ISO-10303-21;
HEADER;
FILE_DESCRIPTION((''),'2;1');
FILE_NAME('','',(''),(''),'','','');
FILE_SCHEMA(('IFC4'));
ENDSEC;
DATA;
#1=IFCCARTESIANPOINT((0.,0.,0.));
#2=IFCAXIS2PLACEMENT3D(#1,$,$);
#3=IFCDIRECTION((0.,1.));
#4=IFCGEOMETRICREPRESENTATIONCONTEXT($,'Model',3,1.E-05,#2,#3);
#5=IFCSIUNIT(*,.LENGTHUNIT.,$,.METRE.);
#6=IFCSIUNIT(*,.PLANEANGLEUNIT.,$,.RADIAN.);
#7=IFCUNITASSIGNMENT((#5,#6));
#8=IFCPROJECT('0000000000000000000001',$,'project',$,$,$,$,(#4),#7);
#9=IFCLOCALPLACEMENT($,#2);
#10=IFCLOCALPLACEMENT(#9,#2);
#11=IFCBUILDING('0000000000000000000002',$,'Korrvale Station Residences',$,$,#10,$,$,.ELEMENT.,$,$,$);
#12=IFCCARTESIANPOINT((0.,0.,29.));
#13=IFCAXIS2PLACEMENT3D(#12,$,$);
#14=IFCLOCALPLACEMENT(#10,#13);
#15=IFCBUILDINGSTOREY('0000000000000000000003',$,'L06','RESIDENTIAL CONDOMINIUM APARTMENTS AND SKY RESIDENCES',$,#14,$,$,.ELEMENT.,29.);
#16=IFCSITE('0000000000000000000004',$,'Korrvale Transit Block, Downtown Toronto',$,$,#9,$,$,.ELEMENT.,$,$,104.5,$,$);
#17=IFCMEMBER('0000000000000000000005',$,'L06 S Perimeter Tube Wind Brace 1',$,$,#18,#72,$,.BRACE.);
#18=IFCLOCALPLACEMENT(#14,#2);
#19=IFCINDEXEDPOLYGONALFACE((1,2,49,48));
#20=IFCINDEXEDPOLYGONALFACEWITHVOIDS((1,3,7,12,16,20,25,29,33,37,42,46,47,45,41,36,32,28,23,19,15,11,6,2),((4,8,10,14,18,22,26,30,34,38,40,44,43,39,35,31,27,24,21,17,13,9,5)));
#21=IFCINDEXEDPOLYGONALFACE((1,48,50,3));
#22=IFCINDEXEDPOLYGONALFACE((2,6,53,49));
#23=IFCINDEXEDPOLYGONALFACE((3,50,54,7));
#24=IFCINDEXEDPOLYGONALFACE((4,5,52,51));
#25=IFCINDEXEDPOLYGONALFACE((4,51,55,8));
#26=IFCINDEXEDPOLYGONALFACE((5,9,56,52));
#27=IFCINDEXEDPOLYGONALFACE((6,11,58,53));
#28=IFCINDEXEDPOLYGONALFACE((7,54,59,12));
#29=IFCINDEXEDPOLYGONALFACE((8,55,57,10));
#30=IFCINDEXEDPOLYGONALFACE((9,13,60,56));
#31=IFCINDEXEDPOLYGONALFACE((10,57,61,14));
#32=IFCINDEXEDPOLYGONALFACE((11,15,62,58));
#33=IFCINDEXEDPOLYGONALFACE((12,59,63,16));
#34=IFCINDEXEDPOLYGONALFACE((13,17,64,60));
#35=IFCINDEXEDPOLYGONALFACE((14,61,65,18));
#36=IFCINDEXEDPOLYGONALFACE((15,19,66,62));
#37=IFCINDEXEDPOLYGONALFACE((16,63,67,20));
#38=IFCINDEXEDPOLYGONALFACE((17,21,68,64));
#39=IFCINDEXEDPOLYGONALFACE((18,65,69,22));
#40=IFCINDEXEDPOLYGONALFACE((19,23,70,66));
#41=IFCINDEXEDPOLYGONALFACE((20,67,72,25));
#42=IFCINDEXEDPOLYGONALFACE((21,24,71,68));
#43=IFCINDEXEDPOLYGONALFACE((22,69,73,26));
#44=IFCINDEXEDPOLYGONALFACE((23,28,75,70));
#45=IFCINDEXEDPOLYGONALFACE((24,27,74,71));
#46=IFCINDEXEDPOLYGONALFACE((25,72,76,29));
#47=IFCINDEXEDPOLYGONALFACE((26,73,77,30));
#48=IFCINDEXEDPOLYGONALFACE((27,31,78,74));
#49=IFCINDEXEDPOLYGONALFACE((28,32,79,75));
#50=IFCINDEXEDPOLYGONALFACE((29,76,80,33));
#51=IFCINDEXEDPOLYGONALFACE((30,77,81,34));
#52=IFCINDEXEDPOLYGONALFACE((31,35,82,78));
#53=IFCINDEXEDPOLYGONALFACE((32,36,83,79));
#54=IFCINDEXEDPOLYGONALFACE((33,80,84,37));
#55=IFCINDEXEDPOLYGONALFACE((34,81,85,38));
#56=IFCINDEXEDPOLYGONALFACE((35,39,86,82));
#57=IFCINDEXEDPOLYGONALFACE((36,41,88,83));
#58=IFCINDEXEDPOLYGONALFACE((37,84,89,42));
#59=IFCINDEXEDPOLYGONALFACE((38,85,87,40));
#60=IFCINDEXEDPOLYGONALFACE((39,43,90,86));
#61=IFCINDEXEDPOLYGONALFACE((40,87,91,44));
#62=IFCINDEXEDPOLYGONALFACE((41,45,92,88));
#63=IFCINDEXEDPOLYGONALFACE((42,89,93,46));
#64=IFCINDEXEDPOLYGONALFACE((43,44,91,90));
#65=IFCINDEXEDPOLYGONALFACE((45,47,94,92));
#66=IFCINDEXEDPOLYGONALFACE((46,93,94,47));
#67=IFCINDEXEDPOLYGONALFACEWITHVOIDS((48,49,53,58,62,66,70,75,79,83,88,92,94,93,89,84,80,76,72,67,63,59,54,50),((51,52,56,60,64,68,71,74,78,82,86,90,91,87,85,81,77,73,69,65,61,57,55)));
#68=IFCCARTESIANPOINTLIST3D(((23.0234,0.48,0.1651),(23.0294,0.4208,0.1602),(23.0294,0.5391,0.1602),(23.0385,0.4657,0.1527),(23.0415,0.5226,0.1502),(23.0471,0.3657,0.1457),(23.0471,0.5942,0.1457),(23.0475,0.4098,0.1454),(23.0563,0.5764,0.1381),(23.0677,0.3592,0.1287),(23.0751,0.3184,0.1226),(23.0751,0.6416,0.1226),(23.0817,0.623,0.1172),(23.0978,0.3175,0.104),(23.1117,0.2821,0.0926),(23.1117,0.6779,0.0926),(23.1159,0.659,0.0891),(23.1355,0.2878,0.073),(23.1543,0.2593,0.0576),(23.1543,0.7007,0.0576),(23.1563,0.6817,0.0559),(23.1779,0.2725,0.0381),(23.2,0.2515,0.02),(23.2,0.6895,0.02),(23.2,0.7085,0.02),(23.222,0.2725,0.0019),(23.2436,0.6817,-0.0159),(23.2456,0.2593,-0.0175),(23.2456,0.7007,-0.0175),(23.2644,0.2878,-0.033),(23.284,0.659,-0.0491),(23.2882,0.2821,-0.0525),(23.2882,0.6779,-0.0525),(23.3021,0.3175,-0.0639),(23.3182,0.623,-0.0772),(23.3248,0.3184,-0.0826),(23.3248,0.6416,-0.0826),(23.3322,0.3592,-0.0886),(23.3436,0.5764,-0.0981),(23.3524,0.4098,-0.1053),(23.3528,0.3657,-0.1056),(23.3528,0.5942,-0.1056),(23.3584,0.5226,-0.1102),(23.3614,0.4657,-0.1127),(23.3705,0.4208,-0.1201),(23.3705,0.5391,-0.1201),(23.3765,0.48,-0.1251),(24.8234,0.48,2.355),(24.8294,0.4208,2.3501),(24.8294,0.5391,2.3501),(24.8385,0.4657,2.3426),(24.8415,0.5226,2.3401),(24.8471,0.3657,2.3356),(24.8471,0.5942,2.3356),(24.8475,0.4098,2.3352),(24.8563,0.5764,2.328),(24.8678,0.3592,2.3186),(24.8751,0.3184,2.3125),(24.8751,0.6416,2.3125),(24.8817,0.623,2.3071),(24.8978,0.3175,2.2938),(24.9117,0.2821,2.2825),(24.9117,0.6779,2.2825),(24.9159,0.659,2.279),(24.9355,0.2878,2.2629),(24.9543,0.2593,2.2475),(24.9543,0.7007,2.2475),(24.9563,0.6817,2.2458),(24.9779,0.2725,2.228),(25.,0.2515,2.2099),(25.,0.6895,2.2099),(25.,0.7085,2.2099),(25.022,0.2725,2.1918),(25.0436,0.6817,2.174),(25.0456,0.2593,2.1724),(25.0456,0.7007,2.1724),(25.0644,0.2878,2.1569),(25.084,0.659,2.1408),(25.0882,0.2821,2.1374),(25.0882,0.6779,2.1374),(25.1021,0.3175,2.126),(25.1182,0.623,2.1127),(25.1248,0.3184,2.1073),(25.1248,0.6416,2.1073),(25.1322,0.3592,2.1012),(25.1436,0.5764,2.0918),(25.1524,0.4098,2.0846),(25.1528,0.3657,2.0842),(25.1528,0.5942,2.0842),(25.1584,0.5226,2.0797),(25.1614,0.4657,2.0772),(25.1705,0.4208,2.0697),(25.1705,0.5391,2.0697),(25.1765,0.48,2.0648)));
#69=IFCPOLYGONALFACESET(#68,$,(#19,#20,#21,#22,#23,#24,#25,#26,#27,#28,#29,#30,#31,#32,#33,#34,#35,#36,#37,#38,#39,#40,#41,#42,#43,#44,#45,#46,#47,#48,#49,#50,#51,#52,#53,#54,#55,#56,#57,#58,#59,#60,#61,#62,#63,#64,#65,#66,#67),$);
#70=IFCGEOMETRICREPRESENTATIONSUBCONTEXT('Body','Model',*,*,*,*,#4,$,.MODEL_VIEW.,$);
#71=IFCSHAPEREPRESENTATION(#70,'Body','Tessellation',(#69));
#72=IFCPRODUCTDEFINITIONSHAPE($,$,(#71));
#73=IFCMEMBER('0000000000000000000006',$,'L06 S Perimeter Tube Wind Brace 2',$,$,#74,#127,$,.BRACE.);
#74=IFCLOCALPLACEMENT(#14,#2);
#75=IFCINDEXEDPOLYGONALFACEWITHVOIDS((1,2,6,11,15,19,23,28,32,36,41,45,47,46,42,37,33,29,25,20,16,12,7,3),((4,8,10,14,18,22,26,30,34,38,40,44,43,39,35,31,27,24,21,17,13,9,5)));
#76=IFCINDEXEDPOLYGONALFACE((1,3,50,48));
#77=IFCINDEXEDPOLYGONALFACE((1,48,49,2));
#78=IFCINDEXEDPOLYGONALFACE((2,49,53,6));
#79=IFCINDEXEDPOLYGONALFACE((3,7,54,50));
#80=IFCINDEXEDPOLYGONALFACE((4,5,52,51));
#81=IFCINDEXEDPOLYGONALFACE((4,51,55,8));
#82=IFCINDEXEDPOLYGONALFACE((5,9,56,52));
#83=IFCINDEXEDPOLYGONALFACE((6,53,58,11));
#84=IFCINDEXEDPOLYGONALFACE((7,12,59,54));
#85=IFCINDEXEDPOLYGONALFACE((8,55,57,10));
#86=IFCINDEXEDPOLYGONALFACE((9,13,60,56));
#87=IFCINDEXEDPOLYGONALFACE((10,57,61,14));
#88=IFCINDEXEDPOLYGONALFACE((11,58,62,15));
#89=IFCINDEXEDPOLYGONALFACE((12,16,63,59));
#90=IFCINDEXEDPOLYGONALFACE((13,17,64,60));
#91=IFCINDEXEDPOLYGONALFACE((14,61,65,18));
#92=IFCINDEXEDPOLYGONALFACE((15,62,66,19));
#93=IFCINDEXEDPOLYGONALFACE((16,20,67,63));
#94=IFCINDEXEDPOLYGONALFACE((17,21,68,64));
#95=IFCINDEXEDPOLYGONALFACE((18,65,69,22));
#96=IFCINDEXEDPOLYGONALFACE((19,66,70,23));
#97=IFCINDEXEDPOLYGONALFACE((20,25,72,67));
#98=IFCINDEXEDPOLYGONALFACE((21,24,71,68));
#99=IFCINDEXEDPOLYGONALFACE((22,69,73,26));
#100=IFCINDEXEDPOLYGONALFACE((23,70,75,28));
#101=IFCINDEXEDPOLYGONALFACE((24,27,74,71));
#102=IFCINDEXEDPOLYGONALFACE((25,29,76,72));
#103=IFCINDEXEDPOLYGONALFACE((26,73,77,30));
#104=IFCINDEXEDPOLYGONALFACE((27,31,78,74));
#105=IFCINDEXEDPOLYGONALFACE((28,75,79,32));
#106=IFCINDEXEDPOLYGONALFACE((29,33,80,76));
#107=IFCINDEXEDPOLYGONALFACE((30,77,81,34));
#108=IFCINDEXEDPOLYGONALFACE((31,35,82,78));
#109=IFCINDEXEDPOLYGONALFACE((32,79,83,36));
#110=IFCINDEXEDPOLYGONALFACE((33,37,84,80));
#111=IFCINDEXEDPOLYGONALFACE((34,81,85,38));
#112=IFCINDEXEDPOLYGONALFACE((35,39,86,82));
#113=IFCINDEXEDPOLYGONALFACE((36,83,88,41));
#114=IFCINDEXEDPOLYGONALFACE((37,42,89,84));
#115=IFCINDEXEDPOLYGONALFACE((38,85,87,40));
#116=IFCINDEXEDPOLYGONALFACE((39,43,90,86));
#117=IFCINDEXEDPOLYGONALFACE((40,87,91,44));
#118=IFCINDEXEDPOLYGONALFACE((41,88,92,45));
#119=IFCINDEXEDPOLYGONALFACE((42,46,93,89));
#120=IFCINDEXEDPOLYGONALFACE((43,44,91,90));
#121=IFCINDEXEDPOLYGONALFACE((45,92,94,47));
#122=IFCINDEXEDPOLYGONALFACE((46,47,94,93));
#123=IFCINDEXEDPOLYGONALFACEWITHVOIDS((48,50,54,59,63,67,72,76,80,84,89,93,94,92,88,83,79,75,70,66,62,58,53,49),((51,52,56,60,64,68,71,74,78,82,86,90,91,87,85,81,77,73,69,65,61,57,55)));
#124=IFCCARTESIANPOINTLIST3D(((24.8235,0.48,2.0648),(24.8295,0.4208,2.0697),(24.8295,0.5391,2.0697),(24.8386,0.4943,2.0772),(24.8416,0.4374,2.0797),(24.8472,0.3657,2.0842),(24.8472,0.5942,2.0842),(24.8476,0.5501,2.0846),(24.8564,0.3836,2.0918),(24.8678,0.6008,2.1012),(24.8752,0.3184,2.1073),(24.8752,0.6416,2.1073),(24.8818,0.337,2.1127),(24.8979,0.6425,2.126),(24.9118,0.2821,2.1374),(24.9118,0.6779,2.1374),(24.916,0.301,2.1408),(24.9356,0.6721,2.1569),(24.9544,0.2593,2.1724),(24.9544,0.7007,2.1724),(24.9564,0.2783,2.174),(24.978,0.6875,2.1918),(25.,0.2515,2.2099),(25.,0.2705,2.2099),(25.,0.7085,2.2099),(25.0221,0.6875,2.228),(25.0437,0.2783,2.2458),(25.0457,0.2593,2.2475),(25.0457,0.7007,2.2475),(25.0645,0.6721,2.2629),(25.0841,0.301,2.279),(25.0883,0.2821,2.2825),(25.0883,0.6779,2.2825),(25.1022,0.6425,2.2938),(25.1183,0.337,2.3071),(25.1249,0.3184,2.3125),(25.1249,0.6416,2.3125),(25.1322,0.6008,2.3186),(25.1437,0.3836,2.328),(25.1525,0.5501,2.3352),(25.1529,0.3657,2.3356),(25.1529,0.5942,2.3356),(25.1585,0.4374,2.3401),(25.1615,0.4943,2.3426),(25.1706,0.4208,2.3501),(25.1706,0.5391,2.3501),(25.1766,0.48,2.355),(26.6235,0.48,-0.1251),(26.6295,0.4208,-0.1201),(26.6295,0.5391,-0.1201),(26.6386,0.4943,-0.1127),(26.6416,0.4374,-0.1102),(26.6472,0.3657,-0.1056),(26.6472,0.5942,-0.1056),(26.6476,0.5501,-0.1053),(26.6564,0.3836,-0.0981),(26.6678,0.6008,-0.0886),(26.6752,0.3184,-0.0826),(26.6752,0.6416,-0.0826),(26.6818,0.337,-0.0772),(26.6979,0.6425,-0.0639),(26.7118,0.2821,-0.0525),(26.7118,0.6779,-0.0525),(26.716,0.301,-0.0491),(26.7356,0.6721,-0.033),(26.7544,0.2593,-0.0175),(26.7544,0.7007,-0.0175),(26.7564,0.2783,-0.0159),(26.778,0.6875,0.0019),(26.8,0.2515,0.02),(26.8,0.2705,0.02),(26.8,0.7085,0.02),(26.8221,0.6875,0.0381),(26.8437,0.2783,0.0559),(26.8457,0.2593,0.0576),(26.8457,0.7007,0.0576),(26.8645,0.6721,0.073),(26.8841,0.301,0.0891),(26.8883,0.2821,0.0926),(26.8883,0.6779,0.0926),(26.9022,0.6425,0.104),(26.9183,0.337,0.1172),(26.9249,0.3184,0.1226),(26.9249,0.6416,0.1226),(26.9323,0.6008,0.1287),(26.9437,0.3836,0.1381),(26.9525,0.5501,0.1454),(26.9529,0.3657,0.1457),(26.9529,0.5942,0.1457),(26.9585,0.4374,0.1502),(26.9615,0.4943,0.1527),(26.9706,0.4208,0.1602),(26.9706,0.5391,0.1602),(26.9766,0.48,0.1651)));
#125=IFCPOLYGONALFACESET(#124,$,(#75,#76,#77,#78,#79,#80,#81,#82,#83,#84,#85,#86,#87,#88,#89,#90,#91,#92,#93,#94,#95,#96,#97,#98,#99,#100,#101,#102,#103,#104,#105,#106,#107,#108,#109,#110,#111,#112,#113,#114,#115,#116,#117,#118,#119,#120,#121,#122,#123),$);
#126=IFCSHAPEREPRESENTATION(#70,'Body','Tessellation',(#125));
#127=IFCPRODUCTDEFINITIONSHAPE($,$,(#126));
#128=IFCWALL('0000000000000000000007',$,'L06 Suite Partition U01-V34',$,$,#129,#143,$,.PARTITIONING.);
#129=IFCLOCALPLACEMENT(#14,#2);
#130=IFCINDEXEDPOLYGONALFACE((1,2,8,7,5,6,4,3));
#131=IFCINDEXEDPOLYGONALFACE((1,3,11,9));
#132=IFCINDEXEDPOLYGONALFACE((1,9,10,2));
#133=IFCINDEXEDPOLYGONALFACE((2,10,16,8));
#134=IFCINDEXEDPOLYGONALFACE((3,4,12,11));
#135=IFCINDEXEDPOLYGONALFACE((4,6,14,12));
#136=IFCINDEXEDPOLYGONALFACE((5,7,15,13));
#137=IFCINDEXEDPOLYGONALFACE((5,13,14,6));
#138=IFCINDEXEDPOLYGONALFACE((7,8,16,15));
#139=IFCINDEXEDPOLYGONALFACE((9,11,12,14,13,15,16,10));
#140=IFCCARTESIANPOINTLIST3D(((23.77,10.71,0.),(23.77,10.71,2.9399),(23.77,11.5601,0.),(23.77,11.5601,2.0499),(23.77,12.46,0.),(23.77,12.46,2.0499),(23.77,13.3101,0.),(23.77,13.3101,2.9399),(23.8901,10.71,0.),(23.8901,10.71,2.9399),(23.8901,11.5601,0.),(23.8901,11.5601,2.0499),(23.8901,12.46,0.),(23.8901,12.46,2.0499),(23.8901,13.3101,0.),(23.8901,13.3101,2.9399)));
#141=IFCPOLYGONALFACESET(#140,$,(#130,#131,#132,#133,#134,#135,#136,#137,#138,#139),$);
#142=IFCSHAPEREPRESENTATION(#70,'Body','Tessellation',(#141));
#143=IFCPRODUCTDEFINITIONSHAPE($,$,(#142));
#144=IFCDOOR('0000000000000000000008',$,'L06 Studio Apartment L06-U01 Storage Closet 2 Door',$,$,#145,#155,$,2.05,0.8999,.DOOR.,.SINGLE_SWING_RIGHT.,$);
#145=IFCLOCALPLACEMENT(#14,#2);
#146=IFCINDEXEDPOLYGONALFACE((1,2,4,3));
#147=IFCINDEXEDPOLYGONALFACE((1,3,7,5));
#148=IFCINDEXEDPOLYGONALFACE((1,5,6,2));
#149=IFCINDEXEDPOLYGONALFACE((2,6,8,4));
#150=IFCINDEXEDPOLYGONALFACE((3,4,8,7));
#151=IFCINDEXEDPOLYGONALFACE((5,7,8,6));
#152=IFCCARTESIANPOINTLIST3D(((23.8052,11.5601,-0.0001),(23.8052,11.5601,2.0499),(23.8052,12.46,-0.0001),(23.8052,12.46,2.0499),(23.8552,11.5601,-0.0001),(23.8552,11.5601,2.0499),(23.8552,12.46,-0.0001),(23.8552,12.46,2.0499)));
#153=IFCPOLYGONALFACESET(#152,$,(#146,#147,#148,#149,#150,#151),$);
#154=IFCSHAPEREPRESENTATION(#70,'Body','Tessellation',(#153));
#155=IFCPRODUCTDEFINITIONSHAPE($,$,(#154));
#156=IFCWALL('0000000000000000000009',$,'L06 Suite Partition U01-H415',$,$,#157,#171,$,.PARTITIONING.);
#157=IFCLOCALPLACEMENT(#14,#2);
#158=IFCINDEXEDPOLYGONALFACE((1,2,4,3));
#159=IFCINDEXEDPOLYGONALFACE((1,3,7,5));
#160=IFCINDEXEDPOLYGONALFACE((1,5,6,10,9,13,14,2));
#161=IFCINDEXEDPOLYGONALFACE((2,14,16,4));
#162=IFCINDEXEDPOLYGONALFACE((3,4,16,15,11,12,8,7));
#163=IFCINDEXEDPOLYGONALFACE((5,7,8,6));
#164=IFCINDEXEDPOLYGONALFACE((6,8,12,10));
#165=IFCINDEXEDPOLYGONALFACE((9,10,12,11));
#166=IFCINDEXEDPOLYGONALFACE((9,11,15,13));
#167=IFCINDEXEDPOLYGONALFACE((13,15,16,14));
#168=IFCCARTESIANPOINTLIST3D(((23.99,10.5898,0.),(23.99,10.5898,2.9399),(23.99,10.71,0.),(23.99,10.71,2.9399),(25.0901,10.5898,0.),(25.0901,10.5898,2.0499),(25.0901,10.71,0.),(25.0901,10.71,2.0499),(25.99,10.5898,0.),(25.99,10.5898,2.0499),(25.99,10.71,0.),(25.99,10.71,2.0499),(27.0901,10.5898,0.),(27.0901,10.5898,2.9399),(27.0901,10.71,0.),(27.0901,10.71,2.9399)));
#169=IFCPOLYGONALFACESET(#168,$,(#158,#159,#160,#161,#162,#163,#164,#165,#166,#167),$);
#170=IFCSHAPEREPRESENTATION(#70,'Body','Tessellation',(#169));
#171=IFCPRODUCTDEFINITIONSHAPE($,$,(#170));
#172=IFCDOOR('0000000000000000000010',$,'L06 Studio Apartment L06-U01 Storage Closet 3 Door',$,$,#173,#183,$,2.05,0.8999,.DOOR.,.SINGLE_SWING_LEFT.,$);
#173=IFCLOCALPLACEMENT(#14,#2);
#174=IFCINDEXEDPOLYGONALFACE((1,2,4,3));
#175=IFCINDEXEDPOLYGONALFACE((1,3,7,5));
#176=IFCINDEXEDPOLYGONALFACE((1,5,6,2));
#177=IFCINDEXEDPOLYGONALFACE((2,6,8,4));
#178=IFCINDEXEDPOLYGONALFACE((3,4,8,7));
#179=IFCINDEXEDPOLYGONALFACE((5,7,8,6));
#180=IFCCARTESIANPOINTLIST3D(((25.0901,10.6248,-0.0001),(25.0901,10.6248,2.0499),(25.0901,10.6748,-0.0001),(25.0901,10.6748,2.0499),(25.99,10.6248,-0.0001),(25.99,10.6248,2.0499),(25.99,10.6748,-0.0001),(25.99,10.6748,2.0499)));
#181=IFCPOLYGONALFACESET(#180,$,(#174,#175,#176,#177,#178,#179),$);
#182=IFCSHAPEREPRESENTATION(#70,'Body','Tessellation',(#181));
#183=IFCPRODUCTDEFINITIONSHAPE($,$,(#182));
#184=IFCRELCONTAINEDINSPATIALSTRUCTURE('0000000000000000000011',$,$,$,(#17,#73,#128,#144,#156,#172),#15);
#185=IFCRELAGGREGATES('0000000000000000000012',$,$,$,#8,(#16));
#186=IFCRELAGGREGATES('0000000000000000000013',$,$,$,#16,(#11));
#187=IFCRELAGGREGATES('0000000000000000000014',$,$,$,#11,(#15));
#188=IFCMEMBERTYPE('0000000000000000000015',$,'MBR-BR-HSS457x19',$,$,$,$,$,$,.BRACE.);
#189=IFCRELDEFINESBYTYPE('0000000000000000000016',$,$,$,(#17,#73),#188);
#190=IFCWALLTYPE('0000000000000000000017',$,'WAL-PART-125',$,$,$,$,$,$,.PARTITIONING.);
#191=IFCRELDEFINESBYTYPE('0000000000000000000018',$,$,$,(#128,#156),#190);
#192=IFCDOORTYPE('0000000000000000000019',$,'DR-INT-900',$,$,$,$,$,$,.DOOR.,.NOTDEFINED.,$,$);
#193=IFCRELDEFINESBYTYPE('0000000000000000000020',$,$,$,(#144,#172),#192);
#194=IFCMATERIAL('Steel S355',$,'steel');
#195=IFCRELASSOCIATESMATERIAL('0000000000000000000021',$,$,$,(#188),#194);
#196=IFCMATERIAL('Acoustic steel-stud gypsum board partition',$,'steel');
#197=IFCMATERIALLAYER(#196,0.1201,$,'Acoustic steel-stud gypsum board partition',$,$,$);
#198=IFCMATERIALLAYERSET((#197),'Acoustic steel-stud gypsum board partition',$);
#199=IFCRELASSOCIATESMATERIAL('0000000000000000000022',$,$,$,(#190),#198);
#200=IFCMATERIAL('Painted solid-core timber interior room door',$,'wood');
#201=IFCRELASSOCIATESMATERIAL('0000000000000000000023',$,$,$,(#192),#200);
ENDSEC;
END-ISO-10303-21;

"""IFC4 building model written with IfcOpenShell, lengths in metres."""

from ifc_helpers import new_model, si_unit, direction, frame, frame_2d, origin, origin_2d, place, context, subcontext, project, spatial, rectangle, hollow_circle, extrude, material, layer, layer_set, material_profile, profile_set, type_object, element, fill, save


model = new_model("IFC4")

# Units and contexts
model_context = context("Model", 3, precision=1e-05, world=origin(), true_north=direction((0.0, 1.0)))
body_context = subcontext(model_context, "Body", "Model", "MODEL_VIEW")
ifc_project = project(units=[si_unit("LENGTHUNIT", "METRE"), si_unit("PLANEANGLEUNIT", "RADIAN")], contexts=[model_context])

# Site, building, storey
site_placement = place(None, origin())
site = spatial("IfcSite", under=ifc_project, at=site_placement, Name="Korrvale Transit Block, Downtown Toronto", CompositionType="ELEMENT", RefElevation=104.5)
building_placement = place(site_placement, origin())
building = spatial("IfcBuilding", under=site, at=building_placement, Name="Korrvale Station Residences", CompositionType="ELEMENT")
storey_placement = place(building_placement, frame((0.0, 0.0, 29.0)))
storey = spatial("IfcBuildingStorey", under=building, at=storey_placement, Name="L06", Description="RESIDENTIAL CONDOMINIUM APARTMENTS AND SKY RESIDENCES", CompositionType="ELEMENT", Elevation=29.0)

# Shared definitions
ifc_material_1 = material(Name="Steel S355", Category="steel")

# Members
ifc_material_profile_1 = material_profile(ifc_material_1, hollow_circle(Radius=0.2285, WallThickness=0.019, at=origin_2d()), Name="HSS457x19")
ifc_profile_set_1 = profile_set([ifc_material_profile_1], Name="Steel S355")
member_type = type_object("IfcMemberType", Name="MBR-BR-HSS457x19", PredefinedType="BRACE", material=ifc_profile_set_1)
for number, where, z_axis, x_axis, name in (
    (1, (23.2, 0.48, 0.02), (0.634985, 0.0, 0.772524), (0.0, 1.0, 0.0), "L06 S Perimeter Tube Wind Brace 1"),
    (2, (26.8, 0.48, 0.02), (-0.634985, 0.0, 0.772524), (0.0, -1.0, 0.0), "L06 S Perimeter Tube Wind Brace 2"),
):
    element("IfcMember", number, at=place(storey_placement, frame(where, z_axis=z_axis, x_axis=x_axis)), inside=storey, type_object=member_type, Name=name, PredefinedType="BRACE", context=body_context, shape_type="SweptSolid", body=[
        extrude(hollow_circle(Radius=0.2285, WallThickness=0.019, at=origin_2d()), origin(), (0.0, 0.0, 1.0), 2.8347),
    ])

# Walls, openings, doors
ifc_material_2 = material(Name="Acoustic steel-stud gypsum board partition", Category="steel")
ifc_layer_1 = layer(ifc_material_2, 0.1201, Name="Acoustic steel-stud gypsum board partition")
ifc_layer_set_1 = layer_set([ifc_layer_1], Name="Acoustic steel-stud gypsum board partition")
wall_type = type_object("IfcWallType", Name="WAL-PART-125", PredefinedType="PARTITIONING", material=ifc_layer_set_1)
wall_1_placement = place(storey_placement, frame((23.8301, 10.71, 0.0), z_axis=(0.0, 0.0, 1.0), x_axis=(0.0, 1.0, 0.0)))
wall_1 = element("IfcWall", 3, at=wall_1_placement, inside=storey, type_object=wall_type, Name="L06 Suite Partition U01-V34", PredefinedType="PARTITIONING", context=body_context, shape_type="SweptSolid", body=[
    extrude(rectangle(XDim=2.6001, YDim=0.1201, at=frame_2d((1.3, 0.0))), origin(), (0.0, 0.0, 1.0), 2.9399),
])
opening_1_placement = place(wall_1_placement, frame((0.8501, 0.0, 0.0)))
opening_1 = element("IfcOpeningElement", 4, at=opening_1_placement, cuts=wall_1, PredefinedType="OPENING", context=body_context, shape_type="SweptSolid", body=[
    extrude(rectangle(XDim=0.8999, YDim=2.05, at=frame_2d((0.45, 1.0249))), frame((0.0, 0.0701, 0.0), z_axis=(0.0, -1.0, 0.0), x_axis=(1.0, 0.0, 0.0)), (0.0, 0.0, 1.0), 0.1401),
])
ifc_material_3 = material(Name="Painted solid-core timber interior room door", Category="wood")
door_type = type_object("IfcDoorType", Name="DR-INT-900", OperationType="NOTDEFINED", PredefinedType="DOOR", material=ifc_material_3)
door_1_placement = place(opening_1_placement, origin())
door_1 = element("IfcDoor", 5, at=door_1_placement, inside=storey, type_object=door_type, Name="L06 Studio Apartment L06-U01 Storage Closet 2 Door", OperationType="SINGLE_SWING_RIGHT", OverallHeight=2.05, OverallWidth=0.8999, PredefinedType="DOOR", context=body_context, shape_type="SweptSolid", body=[
    extrude(rectangle(XDim=0.8999, YDim=2.05, at=frame_2d((0.45, 1.0249))), frame((0.0, 0.0249, 0.0), z_axis=(0.0, -1.0, 0.0), x_axis=(1.0, 0.0, 0.0)), (0.0, 0.0, 1.0), 0.05),
])
fill(opening_1, door_1)
wall_2_placement = place(storey_placement, frame((23.99, 10.6499, 0.0), z_axis=(0.0, 0.0, 1.0), x_axis=(1.0, 0.0, 0.0)))
wall_2 = element("IfcWall", 6, at=wall_2_placement, inside=storey, type_object=wall_type, Name="L06 Suite Partition U01-H415", PredefinedType="PARTITIONING", context=body_context, shape_type="SweptSolid", body=[
    extrude(rectangle(XDim=3.1001, YDim=0.1201, at=frame_2d((1.55, 0.0))), origin(), (0.0, 0.0, 1.0), 2.9399),
])
opening_2_placement = place(wall_2_placement, frame((1.1001, 0.0, 0.0)))
opening_2 = element("IfcOpeningElement", 7, at=opening_2_placement, cuts=wall_2, PredefinedType="OPENING", context=body_context, shape_type="SweptSolid", body=[
    extrude(rectangle(XDim=0.8999, YDim=2.05, at=frame_2d((0.45, 1.0249))), frame((0.0, 0.0701, 0.0), z_axis=(0.0, -1.0, 0.0), x_axis=(1.0, 0.0, 0.0)), (0.0, 0.0, 1.0), 0.1401),
])
door_2_placement = place(opening_2_placement, origin())
door_2 = element("IfcDoor", 8, at=door_2_placement, inside=storey, type_object=door_type, Name="L06 Studio Apartment L06-U01 Storage Closet 3 Door", OperationType="SINGLE_SWING_LEFT", OverallHeight=2.05, OverallWidth=0.8999, PredefinedType="DOOR", context=body_context, shape_type="SweptSolid", body=[
    extrude(rectangle(XDim=0.8999, YDim=2.05, at=frame_2d((0.45, 1.0249))), frame((0.0, 0.0249, 0.0), z_axis=(0.0, -1.0, 0.0), x_axis=(1.0, 0.0, 0.0)), (0.0, 0.0, 1.0), 0.05),
])
fill(opening_2, door_2)

save(model, "model.ifc")
